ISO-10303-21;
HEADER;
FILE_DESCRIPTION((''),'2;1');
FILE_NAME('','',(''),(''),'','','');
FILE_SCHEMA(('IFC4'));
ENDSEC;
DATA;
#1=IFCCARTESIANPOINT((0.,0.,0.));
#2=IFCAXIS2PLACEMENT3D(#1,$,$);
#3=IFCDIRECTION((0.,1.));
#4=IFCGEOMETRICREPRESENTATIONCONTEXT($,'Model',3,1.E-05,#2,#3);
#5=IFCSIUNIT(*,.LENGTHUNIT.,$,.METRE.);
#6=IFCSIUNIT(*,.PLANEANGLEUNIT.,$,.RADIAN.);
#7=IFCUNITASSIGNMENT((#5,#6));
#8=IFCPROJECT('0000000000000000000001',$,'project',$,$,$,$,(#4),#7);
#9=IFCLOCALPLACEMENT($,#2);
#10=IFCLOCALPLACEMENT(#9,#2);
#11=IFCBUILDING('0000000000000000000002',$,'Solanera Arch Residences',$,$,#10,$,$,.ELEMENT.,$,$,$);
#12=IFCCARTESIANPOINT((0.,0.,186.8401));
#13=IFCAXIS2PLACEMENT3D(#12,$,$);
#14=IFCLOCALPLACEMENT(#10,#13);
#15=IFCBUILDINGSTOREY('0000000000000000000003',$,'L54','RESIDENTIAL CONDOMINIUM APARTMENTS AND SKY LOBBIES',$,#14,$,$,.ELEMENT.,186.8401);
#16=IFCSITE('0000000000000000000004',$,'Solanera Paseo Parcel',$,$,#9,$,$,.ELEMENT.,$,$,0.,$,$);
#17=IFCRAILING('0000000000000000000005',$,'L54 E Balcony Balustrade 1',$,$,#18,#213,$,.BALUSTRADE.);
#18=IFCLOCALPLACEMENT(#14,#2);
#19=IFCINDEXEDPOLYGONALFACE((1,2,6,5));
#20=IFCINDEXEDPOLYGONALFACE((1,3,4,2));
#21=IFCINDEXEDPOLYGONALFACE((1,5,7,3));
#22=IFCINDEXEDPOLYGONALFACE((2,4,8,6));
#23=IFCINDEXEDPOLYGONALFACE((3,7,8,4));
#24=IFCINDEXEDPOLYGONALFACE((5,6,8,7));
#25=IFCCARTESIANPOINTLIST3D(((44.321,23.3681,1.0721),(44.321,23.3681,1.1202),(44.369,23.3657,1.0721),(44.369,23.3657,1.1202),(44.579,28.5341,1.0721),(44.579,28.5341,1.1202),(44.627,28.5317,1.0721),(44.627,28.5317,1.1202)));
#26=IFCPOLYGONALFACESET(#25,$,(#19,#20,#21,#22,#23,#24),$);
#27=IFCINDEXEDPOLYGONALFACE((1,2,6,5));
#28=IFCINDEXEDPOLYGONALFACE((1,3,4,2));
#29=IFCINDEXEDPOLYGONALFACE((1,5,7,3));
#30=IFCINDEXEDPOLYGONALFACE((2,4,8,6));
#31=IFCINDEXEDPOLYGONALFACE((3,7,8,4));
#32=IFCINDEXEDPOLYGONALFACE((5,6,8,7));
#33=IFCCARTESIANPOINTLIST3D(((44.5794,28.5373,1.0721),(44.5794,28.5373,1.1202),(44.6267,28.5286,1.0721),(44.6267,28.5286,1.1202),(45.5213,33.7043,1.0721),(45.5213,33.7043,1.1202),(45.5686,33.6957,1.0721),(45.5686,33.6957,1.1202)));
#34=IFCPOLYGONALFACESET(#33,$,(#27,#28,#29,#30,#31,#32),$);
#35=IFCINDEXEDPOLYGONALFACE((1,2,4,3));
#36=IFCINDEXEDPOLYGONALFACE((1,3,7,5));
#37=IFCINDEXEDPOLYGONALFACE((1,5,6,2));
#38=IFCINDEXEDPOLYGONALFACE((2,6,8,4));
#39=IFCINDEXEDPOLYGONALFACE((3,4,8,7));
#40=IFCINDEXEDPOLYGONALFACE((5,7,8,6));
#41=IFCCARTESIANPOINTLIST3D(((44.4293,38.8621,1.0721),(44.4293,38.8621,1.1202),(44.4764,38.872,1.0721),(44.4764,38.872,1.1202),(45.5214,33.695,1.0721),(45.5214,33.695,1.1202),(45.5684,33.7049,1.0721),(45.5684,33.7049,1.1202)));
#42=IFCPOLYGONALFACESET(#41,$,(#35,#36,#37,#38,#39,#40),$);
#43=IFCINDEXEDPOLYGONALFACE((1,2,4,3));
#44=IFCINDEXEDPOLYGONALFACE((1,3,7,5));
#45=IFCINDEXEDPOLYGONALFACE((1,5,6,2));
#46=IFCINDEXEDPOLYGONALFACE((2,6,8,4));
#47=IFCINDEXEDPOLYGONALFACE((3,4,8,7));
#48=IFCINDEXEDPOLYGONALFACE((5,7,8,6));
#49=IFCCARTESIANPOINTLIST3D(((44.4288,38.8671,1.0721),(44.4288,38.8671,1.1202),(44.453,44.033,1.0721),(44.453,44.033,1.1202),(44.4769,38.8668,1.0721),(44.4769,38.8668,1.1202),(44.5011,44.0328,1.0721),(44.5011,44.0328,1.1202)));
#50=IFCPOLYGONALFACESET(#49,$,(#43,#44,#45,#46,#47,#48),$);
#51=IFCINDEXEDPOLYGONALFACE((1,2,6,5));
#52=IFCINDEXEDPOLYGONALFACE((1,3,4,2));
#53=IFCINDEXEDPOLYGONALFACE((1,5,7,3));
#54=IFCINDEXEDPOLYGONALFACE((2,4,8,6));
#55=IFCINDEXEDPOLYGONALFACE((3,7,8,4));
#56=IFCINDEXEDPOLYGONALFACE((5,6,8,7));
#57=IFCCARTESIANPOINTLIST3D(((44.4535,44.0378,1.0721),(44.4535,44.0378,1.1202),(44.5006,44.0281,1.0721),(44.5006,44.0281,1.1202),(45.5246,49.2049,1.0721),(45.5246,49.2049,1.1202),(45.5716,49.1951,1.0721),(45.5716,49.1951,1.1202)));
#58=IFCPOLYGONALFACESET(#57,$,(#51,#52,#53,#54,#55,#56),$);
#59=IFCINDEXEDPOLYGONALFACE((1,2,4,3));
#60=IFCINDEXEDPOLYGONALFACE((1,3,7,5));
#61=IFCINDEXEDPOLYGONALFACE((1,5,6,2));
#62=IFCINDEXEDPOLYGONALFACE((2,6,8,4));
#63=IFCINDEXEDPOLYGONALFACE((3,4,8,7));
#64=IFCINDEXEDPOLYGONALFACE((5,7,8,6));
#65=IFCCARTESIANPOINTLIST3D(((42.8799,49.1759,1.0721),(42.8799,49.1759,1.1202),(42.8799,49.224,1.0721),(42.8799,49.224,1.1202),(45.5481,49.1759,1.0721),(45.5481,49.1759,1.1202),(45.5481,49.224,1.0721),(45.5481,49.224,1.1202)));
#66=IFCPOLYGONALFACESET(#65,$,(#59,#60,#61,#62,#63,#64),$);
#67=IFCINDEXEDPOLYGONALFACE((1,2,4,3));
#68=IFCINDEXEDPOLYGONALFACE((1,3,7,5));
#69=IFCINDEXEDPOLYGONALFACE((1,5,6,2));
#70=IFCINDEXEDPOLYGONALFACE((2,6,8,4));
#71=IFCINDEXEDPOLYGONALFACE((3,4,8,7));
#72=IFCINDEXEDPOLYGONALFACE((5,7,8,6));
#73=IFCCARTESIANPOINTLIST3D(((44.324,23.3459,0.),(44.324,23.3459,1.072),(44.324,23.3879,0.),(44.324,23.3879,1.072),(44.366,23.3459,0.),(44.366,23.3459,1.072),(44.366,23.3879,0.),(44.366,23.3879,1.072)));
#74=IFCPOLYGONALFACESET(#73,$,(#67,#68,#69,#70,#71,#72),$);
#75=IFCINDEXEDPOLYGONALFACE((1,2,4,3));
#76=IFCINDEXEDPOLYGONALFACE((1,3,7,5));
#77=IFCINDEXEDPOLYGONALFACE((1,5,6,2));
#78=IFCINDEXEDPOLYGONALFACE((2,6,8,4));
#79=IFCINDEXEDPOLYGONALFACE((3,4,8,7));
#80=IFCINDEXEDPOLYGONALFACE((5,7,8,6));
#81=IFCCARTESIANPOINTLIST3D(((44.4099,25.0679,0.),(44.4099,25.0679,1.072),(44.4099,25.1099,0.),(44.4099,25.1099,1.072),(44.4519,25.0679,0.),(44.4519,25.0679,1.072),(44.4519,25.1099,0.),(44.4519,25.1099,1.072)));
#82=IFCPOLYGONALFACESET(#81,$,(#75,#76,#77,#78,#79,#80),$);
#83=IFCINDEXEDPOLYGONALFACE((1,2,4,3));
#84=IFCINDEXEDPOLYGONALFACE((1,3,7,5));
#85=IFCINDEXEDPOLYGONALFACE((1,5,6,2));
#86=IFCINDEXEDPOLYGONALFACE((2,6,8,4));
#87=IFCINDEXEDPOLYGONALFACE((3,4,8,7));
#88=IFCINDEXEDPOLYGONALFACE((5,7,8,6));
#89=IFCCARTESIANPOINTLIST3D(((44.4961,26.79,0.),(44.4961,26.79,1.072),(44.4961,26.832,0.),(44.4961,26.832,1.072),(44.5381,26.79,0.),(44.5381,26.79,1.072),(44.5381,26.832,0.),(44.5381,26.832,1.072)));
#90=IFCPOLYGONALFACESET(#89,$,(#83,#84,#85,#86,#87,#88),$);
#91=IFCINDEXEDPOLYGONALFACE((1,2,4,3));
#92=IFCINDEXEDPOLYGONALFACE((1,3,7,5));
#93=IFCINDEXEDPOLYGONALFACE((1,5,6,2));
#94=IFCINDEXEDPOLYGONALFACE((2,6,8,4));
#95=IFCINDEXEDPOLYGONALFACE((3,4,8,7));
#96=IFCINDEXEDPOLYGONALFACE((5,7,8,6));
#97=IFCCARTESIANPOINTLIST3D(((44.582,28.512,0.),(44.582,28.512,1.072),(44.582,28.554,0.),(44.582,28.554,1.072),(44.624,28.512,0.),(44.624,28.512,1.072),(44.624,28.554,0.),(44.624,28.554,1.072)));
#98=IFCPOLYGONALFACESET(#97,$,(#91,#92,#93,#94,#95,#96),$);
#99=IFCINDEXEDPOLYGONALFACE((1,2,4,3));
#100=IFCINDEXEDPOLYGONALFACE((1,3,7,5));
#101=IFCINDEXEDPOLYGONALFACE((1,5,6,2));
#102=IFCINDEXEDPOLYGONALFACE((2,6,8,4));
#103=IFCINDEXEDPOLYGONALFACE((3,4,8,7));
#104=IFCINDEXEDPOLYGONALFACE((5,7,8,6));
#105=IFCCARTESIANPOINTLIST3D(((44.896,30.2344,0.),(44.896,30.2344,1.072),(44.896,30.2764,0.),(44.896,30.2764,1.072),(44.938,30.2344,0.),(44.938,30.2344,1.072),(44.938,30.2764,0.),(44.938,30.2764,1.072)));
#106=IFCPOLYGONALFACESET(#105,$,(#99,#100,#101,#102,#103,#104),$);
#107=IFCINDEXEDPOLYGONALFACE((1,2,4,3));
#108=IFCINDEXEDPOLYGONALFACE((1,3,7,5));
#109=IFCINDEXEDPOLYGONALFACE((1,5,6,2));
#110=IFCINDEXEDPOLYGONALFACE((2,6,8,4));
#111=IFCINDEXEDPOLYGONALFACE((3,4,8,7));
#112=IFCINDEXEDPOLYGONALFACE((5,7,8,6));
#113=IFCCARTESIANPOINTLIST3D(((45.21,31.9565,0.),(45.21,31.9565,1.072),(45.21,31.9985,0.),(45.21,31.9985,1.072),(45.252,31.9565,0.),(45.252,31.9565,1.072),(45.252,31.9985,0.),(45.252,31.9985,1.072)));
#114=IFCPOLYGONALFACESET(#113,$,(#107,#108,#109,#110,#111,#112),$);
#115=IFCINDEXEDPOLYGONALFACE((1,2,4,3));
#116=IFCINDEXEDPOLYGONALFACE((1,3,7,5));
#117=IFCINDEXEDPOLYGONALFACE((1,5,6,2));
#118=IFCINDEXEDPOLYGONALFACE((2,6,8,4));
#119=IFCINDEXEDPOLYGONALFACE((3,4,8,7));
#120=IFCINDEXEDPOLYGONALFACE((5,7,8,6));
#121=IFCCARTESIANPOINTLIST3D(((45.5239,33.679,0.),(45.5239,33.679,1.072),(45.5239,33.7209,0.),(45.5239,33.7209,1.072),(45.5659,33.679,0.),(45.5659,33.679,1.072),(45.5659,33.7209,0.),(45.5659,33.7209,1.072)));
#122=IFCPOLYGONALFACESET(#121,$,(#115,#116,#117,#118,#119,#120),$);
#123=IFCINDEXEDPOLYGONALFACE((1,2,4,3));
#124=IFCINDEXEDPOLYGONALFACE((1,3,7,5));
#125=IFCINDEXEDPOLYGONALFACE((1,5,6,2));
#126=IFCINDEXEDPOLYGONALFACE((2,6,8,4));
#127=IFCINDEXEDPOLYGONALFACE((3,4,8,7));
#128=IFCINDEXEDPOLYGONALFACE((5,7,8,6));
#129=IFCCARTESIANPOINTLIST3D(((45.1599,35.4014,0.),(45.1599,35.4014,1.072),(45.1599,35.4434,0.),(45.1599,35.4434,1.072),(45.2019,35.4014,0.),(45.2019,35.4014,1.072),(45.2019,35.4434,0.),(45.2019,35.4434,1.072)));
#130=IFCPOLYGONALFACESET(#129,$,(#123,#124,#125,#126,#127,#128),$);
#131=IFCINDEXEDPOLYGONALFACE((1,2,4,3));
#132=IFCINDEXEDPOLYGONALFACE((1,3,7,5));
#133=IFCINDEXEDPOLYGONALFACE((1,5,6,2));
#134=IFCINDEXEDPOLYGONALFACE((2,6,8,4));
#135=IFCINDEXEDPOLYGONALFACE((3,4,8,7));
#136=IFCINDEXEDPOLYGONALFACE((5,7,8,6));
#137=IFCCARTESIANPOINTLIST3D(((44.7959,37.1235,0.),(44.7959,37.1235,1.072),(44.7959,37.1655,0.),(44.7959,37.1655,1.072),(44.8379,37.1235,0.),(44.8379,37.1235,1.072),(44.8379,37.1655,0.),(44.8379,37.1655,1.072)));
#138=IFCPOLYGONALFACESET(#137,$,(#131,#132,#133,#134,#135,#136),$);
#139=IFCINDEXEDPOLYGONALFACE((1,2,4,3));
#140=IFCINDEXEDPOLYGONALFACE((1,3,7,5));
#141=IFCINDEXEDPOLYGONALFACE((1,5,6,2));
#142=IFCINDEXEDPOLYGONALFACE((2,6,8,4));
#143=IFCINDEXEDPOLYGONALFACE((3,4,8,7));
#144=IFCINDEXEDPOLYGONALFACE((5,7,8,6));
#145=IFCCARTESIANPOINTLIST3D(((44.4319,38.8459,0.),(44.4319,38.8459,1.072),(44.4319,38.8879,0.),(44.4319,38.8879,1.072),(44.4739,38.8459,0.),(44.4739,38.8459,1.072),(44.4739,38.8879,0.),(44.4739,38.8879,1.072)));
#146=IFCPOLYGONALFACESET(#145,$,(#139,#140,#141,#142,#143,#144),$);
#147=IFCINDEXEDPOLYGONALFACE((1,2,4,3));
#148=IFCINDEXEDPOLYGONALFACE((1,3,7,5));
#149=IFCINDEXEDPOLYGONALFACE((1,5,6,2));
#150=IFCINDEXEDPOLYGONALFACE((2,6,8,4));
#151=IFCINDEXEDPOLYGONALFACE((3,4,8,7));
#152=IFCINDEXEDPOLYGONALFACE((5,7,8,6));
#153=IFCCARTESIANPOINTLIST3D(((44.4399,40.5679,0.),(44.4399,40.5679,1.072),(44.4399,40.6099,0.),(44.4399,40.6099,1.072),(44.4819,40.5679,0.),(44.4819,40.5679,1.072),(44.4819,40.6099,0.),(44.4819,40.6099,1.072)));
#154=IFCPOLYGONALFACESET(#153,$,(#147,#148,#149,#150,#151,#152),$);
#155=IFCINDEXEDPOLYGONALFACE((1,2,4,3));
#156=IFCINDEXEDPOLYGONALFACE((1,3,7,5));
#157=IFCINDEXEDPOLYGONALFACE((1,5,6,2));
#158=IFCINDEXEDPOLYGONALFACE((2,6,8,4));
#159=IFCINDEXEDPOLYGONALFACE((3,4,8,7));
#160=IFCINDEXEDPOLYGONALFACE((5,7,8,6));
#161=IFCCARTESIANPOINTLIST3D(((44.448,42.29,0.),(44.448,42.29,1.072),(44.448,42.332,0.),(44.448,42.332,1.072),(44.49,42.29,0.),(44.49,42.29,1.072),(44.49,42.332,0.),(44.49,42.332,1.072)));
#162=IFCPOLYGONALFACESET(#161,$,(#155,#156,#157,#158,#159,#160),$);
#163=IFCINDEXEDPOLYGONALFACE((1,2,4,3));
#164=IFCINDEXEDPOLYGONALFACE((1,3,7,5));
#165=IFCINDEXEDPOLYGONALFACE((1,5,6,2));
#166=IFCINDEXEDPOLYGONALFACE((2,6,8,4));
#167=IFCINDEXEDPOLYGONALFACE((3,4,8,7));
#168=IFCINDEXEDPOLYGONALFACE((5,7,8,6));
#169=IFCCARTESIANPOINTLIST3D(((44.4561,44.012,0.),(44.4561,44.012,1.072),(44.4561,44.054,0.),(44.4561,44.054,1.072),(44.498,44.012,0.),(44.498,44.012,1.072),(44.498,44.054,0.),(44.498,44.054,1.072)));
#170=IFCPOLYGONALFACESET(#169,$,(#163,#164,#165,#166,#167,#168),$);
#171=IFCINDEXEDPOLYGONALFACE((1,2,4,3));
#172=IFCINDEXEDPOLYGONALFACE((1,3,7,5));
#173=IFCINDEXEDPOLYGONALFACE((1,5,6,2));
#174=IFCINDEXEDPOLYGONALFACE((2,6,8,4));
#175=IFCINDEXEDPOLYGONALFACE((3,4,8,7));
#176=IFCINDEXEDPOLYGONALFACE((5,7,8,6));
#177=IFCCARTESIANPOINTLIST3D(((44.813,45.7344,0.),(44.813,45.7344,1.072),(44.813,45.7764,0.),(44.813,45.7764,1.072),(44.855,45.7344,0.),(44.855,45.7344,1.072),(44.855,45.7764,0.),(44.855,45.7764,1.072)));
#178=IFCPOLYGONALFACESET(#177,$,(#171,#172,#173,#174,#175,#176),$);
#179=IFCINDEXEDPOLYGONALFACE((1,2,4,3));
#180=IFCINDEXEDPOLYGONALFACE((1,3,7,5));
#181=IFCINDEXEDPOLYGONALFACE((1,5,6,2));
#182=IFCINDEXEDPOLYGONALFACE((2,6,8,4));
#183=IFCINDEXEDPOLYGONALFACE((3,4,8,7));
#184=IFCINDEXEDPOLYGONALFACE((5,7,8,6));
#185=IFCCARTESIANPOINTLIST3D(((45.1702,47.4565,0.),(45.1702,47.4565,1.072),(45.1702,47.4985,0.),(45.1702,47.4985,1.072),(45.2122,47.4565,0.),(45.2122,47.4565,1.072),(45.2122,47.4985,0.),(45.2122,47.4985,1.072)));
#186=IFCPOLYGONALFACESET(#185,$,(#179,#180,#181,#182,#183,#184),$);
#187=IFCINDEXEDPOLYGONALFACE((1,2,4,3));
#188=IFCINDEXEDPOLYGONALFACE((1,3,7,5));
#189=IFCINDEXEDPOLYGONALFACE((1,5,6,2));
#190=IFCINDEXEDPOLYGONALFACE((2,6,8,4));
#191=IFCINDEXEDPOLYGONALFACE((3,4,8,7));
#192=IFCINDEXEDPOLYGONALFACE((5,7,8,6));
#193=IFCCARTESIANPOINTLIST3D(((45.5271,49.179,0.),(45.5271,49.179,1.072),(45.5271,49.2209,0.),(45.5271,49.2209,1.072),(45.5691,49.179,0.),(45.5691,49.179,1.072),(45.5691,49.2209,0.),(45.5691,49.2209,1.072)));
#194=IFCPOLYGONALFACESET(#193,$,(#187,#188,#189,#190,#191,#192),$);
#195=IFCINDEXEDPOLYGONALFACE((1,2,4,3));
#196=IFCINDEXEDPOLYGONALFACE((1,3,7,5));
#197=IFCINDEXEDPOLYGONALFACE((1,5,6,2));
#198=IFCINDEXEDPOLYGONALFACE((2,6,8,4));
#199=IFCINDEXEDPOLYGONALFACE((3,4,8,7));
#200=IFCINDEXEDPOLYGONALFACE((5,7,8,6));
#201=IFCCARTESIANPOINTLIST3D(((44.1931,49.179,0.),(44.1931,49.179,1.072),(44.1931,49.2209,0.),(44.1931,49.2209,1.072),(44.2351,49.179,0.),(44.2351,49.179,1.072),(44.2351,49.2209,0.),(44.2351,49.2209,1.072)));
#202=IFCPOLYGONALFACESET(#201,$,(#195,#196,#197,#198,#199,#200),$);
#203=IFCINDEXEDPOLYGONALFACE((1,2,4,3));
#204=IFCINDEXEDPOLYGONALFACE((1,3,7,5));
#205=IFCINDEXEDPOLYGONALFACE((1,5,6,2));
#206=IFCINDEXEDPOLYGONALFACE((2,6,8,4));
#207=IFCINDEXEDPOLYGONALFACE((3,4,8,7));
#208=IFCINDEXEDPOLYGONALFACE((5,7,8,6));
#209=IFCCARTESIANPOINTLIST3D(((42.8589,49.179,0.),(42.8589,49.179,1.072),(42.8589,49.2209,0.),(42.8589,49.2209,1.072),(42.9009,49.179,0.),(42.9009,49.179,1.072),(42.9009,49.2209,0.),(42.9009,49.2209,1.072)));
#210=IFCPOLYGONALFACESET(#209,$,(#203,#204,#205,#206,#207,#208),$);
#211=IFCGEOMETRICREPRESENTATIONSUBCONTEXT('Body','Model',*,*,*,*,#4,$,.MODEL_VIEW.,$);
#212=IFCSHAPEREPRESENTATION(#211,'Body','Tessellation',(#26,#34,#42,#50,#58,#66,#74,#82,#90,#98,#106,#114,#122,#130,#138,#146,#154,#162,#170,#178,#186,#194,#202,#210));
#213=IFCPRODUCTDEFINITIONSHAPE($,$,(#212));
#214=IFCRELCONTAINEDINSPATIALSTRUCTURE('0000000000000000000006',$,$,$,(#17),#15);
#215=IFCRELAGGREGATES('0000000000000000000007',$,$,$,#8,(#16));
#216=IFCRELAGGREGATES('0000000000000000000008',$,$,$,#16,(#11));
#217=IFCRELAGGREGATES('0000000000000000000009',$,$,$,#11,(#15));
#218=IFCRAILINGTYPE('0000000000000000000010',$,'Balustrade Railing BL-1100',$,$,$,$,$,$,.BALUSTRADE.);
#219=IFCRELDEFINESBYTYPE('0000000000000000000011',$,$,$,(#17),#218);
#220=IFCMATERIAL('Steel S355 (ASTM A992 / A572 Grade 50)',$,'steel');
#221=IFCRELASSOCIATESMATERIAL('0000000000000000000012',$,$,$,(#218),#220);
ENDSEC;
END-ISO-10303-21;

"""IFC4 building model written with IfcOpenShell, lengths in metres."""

from ifc_helpers import new_model, si_unit, direction, frame, origin, origin_2d, place, context, subcontext, project, spatial, rectangle, extrude, material, type_object, element, save


model = new_model("IFC4")

# Units and contexts
model_context = context("Model", 3, precision=1e-05, world=origin(), true_north=direction((0.0, 1.0)))
body_context = subcontext(model_context, "Body", "Model", "MODEL_VIEW")
ifc_project = project(units=[si_unit("LENGTHUNIT", "METRE"), si_unit("PLANEANGLEUNIT", "RADIAN")], contexts=[model_context])

# Site, building, storey
site_placement = place(None, origin())
site = spatial("IfcSite", under=ifc_project, at=site_placement, Name="Solanera Paseo Parcel", CompositionType="ELEMENT", RefElevation=0.0)
building_placement = place(site_placement, origin())
building = spatial("IfcBuilding", under=site, at=building_placement, Name="Solanera Arch Residences", CompositionType="ELEMENT")
storey_placement = place(building_placement, frame((0.0, 0.0, 186.8401)))
storey = spatial("IfcBuildingStorey", under=building, at=storey_placement, Name="L54", Description="RESIDENTIAL CONDOMINIUM APARTMENTS AND SKY LOBBIES", CompositionType="ELEMENT", Elevation=186.8401)

# Railing
ifc_material_1 = material(Name="Steel S355 (ASTM A992 / A572 Grade 50)", Category="steel")
railing_type = type_object("IfcRailingType", Name="Balustrade Railing BL-1100", PredefinedType="BALUSTRADE", material=ifc_material_1)
railing_placement = place(storey_placement, frame((44.345, 23.3669, 0.0)))
element("IfcRailing", 1, at=railing_placement, inside=storey, type_object=railing_type, Name="L54 E Balcony Balustrade 1", PredefinedType="BALUSTRADE", context=body_context, shape_type="SweptSolid", body=[
    extrude(rectangle(XDim=0.0481, YDim=0.0481, at=origin_2d()), frame((0.0, 0.0, 1.0962), z_axis=(0.049891, 0.998755, 0.0), x_axis=(-0.998755, 0.049891, 0.0)), (0.0, 0.0, 1.0), 5.1724),
    extrude(rectangle(XDim=0.0481, YDim=0.0481, at=origin_2d()), frame((0.2581, 5.166, 1.0962), z_axis=(0.179335, 0.983788, 0.0), x_axis=(-0.983788, 0.179335, 0.0)), (0.0, 0.0, 1.0), 5.2522),
    extrude(rectangle(XDim=0.0481, YDim=0.0481, at=origin_2d()), frame((1.2, 10.333, 1.0962), z_axis=(-0.206782, 0.978387, 0.0), x_axis=(-0.978387, -0.206782, 0.0)), (0.0, 0.0, 1.0), 5.2812),
    extrude(rectangle(XDim=0.0481, YDim=0.0481, at=origin_2d()), frame((0.1079, 15.5, 1.0962), z_axis=(0.004679, 0.999989, 0.0), x_axis=(-0.999989, 0.004679, 0.0)), (0.0, 0.0, 1.0), 5.166),
    extrude(rectangle(XDim=0.0481, YDim=0.0481, at=origin_2d()), frame((0.1321, 20.666, 1.0962), z_axis=(0.202971, 0.979185, 0.0), x_axis=(-0.979185, 0.202971, 0.0)), (0.0, 0.0, 1.0), 5.2769),
    extrude(rectangle(XDim=0.0481, YDim=0.0481, at=origin_2d()), frame((1.2031, 25.833, 1.0962), z_axis=(-1.0, 0.0, 0.0), x_axis=(0.0, -1.0, 0.0)), (0.0, 0.0, 1.0), 2.6682),
    extrude(rectangle(XDim=0.042, YDim=0.042, at=origin_2d()), origin(), (0.0, 0.0, 1.0), 1.072),
    extrude(rectangle(XDim=0.042, YDim=0.042, at=origin_2d()), frame((0.0859, 1.7219, 0.0)), (0.0, 0.0, 1.0), 1.072),
    extrude(rectangle(XDim=0.042, YDim=0.042, at=origin_2d()), frame((0.1721, 3.4441, 0.0)), (0.0, 0.0, 1.0), 1.072),
    extrude(rectangle(XDim=0.042, YDim=0.042, at=origin_2d()), frame((0.2581, 5.166, 0.0)), (0.0, 0.0, 1.0), 1.072),
    extrude(rectangle(XDim=0.042, YDim=0.042, at=origin_2d()), frame((0.572, 6.8884, 0.0)), (0.0, 0.0, 1.0), 1.072),
    extrude(rectangle(XDim=0.042, YDim=0.042, at=origin_2d()), frame((0.886, 8.6106, 0.0)), (0.0, 0.0, 1.0), 1.072),
    extrude(rectangle(XDim=0.042, YDim=0.042, at=origin_2d()), frame((1.2, 10.333, 0.0)), (0.0, 0.0, 1.0), 1.072),
    extrude(rectangle(XDim=0.042, YDim=0.042, at=origin_2d()), frame((0.8359, 12.0554, 0.0)), (0.0, 0.0, 1.0), 1.072),
    extrude(rectangle(XDim=0.042, YDim=0.042, at=origin_2d()), frame((0.4719, 13.7776, 0.0)), (0.0, 0.0, 1.0), 1.072),
    extrude(rectangle(XDim=0.042, YDim=0.042, at=origin_2d()), frame((0.1079, 15.5, 0.0)), (0.0, 0.0, 1.0), 1.072),
    extrude(rectangle(XDim=0.042, YDim=0.042, at=origin_2d()), frame((0.116, 17.2219, 0.0)), (0.0, 0.0, 1.0), 1.072),
    extrude(rectangle(XDim=0.042, YDim=0.042, at=origin_2d()), frame((0.124, 18.9441, 0.0)), (0.0, 0.0, 1.0), 1.072),
    extrude(rectangle(XDim=0.042, YDim=0.042, at=origin_2d()), frame((0.1321, 20.666, 0.0)), (0.0, 0.0, 1.0), 1.072),
    extrude(rectangle(XDim=0.042, YDim=0.042, at=origin_2d()), frame((0.489, 22.3884, 0.0)), (0.0, 0.0, 1.0), 1.072),
    extrude(rectangle(XDim=0.042, YDim=0.042, at=origin_2d()), frame((0.8462, 24.1106, 0.0)), (0.0, 0.0, 1.0), 1.072),
    extrude(rectangle(XDim=0.042, YDim=0.042, at=origin_2d()), frame((1.2031, 25.833, 0.0)), (0.0, 0.0, 1.0), 1.072),
    extrude(rectangle(XDim=0.042, YDim=0.042, at=origin_2d()), frame((-0.1309, 25.833, 0.0)), (0.0, 0.0, 1.0), 1.072),
    extrude(rectangle(XDim=0.042, YDim=0.042, at=origin_2d()), frame((-1.4651, 25.833, 0.0)), (0.0, 0.0, 1.0), 1.072),
])

save(model, "model.ifc")
